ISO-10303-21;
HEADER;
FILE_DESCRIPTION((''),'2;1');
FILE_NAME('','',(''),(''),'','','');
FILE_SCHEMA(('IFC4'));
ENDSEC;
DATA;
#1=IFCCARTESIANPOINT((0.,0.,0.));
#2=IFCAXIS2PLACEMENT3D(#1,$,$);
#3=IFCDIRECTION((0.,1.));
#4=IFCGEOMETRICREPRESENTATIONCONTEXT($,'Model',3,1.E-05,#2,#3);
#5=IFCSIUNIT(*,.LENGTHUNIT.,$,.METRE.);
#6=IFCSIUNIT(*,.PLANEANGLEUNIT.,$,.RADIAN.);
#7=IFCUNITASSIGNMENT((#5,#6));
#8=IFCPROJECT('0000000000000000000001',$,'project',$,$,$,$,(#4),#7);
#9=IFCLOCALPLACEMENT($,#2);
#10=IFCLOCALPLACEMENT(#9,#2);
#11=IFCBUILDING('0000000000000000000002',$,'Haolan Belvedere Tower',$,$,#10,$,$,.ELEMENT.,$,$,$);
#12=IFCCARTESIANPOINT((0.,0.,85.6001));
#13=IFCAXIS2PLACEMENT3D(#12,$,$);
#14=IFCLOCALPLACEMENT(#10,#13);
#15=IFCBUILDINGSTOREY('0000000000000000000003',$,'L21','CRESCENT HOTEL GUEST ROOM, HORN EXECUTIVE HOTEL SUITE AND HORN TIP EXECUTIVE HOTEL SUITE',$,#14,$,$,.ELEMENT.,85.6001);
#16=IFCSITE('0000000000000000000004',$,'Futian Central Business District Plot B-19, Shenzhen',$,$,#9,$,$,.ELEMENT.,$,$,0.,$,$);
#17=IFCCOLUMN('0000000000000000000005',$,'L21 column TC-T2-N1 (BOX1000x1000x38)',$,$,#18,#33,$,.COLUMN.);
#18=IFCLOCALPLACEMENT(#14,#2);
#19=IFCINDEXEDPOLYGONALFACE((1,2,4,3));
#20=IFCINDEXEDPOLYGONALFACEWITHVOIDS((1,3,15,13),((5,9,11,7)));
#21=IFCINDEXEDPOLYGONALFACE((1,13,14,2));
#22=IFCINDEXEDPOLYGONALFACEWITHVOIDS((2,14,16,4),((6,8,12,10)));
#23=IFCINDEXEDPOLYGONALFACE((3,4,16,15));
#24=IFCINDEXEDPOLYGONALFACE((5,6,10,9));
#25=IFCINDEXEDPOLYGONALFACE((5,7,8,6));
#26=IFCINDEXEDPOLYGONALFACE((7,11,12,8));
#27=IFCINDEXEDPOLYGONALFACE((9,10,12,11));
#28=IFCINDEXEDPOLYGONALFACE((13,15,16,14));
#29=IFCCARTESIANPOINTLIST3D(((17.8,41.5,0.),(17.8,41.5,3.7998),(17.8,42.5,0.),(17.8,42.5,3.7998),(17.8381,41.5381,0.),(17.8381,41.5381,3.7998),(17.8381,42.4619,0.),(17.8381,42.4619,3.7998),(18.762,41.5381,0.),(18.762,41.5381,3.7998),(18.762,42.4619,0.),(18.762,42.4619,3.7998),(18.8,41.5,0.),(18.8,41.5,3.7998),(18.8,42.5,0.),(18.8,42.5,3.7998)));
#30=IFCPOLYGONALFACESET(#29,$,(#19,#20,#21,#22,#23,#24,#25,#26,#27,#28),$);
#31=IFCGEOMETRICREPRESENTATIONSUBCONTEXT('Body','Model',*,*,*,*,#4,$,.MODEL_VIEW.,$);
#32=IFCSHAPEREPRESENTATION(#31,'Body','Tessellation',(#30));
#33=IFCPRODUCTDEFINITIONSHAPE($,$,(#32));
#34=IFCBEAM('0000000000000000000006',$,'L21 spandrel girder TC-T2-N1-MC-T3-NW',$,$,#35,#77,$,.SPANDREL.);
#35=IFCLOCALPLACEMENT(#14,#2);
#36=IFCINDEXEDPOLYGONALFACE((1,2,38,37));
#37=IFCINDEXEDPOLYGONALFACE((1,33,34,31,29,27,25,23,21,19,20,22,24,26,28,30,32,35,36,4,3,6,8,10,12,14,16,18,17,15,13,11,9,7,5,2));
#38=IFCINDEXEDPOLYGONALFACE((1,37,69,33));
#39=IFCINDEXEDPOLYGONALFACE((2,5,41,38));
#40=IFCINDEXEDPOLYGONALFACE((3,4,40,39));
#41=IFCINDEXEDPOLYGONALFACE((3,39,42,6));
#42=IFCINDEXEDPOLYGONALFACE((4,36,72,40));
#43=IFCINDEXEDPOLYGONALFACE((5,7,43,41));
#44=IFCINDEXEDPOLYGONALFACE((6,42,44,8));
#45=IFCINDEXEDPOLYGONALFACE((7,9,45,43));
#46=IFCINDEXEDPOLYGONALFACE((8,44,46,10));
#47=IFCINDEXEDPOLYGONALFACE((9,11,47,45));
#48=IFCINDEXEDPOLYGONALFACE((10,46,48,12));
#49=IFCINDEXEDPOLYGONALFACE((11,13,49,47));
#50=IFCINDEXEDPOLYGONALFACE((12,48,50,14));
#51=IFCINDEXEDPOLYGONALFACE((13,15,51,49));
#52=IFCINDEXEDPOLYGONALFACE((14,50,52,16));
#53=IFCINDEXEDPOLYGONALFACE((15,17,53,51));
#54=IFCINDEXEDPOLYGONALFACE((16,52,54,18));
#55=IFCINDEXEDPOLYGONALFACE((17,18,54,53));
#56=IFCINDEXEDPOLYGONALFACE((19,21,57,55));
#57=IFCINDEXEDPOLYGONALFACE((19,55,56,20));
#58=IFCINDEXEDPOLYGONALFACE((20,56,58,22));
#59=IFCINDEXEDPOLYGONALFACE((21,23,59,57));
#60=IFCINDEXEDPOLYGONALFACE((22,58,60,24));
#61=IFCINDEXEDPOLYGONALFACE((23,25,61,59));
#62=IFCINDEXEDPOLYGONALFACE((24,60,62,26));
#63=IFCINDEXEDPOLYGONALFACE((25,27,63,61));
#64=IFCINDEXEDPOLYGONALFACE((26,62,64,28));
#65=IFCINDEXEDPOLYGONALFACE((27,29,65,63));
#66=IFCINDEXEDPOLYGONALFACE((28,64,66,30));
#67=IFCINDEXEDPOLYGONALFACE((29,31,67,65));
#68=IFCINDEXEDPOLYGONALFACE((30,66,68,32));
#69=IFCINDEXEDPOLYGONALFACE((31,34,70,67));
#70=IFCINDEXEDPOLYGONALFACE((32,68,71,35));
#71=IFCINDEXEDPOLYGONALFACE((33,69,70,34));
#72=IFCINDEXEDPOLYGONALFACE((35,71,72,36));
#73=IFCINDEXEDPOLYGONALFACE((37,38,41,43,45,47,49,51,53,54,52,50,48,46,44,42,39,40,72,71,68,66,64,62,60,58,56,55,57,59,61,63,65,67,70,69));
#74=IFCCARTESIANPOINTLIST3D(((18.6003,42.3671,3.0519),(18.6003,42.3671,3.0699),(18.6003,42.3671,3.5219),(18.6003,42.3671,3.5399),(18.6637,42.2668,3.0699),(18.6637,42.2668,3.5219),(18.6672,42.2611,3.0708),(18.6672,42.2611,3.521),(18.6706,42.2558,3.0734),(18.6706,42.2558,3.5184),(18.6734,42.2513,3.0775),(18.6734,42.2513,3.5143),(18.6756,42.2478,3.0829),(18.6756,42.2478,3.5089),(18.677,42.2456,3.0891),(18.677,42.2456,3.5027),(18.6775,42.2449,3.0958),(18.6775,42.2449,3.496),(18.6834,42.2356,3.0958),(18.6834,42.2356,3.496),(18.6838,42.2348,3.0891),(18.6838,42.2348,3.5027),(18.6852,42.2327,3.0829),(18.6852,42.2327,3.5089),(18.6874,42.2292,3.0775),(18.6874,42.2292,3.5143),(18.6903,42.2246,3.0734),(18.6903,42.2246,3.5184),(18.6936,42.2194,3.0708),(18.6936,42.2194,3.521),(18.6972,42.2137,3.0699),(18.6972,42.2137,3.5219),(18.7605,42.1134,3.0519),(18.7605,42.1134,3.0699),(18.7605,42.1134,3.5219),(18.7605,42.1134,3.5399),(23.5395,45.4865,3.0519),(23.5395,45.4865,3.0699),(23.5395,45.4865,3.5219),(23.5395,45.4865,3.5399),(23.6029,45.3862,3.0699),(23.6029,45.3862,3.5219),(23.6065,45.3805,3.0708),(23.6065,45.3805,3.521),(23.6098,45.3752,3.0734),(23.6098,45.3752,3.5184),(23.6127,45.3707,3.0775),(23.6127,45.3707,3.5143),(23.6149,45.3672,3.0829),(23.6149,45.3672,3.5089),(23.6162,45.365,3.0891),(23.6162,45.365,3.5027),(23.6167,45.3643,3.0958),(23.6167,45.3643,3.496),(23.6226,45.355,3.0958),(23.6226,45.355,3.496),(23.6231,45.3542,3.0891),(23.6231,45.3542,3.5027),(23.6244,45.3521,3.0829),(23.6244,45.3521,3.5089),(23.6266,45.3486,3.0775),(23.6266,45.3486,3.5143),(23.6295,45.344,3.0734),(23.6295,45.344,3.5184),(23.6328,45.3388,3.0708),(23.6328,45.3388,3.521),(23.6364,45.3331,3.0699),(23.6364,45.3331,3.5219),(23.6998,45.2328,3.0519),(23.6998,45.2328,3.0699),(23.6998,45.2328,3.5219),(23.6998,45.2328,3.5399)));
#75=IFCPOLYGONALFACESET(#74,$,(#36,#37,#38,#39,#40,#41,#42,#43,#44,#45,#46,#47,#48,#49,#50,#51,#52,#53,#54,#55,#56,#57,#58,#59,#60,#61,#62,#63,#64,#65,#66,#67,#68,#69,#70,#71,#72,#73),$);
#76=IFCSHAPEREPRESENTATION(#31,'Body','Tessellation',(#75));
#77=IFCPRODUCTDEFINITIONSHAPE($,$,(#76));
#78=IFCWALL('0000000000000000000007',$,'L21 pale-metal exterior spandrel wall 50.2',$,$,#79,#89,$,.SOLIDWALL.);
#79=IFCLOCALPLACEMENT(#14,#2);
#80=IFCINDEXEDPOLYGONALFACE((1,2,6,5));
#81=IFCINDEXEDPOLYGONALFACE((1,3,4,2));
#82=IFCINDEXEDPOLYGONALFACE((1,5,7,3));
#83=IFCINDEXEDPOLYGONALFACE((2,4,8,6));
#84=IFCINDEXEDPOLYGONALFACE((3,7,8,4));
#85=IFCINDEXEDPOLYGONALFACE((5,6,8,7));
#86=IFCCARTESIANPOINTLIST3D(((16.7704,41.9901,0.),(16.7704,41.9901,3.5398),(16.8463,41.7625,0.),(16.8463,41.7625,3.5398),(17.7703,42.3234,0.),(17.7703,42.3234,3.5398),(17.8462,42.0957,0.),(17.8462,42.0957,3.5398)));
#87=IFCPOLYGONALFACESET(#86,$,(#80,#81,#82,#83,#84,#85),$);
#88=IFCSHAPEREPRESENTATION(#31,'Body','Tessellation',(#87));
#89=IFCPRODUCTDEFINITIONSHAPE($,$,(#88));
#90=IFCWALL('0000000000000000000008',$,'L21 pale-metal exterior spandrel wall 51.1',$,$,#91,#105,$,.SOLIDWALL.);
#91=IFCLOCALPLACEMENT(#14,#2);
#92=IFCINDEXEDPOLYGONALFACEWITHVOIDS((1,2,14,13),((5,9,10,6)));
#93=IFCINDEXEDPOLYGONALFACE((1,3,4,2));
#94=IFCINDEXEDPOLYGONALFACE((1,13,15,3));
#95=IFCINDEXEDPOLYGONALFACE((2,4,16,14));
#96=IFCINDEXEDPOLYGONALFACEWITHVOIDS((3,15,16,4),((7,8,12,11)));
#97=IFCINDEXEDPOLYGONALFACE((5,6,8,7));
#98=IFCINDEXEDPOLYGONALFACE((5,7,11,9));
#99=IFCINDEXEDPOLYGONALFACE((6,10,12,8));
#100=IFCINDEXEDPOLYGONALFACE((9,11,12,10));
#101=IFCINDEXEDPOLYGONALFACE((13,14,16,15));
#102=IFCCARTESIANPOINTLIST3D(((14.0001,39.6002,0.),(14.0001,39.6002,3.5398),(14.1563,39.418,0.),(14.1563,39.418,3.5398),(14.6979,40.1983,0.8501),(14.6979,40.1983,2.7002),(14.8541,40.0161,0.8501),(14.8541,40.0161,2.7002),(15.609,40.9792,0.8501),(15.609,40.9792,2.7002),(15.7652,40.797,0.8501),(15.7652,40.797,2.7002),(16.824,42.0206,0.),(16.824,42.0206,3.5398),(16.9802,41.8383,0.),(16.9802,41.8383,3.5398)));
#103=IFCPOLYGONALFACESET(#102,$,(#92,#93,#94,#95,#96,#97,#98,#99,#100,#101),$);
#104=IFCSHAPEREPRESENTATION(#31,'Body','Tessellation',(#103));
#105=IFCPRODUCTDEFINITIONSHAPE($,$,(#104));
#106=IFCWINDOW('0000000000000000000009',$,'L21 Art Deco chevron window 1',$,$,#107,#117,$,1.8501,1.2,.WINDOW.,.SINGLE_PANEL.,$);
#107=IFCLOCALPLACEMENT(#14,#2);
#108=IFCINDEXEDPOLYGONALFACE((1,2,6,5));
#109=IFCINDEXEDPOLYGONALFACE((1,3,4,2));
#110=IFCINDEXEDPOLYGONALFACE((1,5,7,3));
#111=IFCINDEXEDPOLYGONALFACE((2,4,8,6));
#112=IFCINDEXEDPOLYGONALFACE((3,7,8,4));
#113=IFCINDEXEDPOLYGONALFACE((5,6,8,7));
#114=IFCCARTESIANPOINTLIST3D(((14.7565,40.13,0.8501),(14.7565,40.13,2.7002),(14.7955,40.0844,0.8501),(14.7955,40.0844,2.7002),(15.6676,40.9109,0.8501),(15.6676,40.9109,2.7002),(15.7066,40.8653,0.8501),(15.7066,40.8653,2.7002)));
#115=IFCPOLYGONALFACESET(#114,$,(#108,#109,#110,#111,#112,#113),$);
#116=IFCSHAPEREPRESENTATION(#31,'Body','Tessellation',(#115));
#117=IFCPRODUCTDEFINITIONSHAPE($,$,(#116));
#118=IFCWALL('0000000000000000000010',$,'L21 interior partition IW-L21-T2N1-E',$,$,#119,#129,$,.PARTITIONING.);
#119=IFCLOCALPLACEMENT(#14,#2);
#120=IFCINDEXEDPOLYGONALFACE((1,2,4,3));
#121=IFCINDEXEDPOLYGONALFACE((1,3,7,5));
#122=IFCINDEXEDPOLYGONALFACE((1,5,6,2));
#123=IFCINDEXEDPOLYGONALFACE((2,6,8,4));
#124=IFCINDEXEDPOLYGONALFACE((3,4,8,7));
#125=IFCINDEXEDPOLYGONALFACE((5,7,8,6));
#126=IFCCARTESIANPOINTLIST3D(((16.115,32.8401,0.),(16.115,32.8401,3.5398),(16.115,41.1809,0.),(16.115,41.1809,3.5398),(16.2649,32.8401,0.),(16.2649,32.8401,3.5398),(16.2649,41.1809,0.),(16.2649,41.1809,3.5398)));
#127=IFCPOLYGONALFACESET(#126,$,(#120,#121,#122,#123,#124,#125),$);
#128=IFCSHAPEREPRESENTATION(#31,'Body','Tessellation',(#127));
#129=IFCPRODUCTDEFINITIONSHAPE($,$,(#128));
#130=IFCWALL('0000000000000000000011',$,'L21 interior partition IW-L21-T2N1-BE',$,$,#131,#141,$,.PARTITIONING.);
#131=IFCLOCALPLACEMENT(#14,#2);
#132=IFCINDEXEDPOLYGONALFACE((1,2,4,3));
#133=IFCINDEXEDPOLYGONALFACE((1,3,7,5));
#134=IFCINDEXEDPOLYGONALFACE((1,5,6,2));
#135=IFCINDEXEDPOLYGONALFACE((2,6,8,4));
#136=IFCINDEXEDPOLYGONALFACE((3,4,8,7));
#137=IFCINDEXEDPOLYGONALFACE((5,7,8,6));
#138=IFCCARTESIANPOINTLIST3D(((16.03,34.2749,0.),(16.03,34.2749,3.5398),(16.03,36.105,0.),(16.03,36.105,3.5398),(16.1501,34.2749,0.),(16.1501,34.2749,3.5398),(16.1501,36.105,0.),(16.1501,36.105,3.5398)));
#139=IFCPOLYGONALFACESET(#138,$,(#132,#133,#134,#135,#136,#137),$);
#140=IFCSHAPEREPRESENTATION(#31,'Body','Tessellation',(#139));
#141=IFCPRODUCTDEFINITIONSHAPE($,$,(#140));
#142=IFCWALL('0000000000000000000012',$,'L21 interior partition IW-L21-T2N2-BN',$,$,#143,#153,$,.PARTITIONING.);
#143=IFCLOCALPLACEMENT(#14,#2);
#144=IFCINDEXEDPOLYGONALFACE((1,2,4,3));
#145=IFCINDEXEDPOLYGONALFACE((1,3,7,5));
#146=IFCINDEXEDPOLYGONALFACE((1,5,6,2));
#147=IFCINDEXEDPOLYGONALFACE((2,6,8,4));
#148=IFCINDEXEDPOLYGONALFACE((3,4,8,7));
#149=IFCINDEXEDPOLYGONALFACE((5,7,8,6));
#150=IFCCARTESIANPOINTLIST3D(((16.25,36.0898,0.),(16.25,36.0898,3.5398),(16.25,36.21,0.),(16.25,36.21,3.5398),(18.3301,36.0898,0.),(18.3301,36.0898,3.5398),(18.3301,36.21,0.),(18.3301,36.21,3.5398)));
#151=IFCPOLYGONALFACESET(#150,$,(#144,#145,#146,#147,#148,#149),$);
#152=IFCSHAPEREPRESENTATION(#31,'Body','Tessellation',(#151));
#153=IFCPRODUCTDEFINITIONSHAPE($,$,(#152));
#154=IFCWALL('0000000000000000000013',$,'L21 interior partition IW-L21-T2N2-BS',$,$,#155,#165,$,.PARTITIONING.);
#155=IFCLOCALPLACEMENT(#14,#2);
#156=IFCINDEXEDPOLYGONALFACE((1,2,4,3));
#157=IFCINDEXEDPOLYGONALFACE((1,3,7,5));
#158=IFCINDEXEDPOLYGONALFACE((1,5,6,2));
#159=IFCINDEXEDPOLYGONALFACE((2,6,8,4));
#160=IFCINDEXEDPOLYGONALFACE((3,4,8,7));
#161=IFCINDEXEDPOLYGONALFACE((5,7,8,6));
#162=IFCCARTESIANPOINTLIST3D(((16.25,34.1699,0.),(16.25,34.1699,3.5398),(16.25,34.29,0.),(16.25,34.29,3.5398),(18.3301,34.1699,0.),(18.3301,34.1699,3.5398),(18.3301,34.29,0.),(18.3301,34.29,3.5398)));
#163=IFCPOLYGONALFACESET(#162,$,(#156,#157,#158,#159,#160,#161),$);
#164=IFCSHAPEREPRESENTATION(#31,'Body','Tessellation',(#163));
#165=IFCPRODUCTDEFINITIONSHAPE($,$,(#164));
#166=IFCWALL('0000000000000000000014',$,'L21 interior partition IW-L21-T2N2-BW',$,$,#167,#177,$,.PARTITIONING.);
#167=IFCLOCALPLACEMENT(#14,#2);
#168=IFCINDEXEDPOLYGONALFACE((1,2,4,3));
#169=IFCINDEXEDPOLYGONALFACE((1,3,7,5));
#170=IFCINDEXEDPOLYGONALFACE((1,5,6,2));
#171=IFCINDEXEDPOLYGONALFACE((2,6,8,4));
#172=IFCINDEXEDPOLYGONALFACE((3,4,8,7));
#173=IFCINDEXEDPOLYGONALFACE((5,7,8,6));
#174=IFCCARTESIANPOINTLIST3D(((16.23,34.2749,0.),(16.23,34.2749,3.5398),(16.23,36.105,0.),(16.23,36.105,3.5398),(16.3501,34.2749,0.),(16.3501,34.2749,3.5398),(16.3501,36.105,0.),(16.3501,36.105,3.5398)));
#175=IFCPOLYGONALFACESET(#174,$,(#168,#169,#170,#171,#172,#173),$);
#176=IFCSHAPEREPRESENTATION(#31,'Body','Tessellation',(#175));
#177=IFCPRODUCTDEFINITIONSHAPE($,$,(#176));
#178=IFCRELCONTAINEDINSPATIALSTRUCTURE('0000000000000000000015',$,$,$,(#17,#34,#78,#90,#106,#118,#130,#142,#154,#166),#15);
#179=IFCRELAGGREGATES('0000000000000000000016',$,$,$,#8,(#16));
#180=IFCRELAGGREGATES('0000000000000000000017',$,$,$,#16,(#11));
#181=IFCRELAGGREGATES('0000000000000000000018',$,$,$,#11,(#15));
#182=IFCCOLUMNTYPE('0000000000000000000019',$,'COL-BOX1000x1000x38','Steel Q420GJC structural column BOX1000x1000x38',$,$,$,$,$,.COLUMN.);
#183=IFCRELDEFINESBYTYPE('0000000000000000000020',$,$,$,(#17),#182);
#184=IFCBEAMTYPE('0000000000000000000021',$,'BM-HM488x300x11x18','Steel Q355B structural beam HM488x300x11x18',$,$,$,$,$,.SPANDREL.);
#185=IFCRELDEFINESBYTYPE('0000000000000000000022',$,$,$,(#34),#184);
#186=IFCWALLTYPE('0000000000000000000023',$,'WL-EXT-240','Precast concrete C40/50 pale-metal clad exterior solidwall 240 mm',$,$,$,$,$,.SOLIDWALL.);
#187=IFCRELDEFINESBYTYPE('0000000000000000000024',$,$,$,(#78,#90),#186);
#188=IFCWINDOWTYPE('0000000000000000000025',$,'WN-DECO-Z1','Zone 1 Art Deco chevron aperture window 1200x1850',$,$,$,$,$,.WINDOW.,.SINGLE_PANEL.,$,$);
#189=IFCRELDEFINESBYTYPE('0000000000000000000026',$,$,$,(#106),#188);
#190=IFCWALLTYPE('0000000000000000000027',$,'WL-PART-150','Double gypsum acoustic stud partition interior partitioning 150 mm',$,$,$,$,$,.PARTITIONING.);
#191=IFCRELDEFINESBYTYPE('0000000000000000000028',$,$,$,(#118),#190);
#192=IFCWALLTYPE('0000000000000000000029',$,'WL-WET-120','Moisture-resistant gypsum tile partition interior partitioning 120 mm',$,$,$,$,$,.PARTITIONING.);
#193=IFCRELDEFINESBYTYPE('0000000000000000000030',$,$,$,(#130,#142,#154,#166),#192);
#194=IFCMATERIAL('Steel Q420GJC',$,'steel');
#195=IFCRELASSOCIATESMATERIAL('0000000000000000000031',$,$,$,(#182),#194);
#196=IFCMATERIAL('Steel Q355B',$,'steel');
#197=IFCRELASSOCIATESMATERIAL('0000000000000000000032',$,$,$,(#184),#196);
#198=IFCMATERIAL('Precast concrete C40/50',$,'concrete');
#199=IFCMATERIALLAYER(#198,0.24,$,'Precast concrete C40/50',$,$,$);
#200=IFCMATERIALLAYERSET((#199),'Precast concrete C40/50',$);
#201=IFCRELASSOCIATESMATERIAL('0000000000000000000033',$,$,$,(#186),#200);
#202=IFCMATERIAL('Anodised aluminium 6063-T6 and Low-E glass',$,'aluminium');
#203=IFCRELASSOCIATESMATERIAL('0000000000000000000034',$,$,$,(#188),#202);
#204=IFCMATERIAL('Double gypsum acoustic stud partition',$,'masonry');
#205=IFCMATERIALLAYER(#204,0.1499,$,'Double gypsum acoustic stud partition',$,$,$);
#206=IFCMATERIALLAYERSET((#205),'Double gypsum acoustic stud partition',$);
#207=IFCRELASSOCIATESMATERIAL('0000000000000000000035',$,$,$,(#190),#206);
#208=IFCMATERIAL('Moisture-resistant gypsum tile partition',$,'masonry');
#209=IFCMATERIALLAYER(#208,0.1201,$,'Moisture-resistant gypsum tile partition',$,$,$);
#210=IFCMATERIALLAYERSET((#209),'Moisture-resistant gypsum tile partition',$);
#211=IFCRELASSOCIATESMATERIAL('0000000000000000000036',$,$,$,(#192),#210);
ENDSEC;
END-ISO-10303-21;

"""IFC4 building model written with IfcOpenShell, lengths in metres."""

from ifc_helpers import new_model, si_unit, direction, frame, frame_2d, origin, origin_2d, place, context, subcontext, project, spatial, rectangle, hollow_rectangle, i_section, extrude, material, layer, layer_set, material_profile, profile_set, type_object, element, fill, save


model = new_model("IFC4")

# Units and contexts
model_context = context("Model", 3, precision=1e-05, world=origin(), true_north=direction((0.0, 1.0)))
body_context = subcontext(model_context, "Body", "Model", "MODEL_VIEW")
ifc_project = project(units=[si_unit("LENGTHUNIT", "METRE"), si_unit("PLANEANGLEUNIT", "RADIAN")], contexts=[model_context])

# Site, building, storey
site_placement = place(None, origin())
site = spatial("IfcSite", under=ifc_project, at=site_placement, Name="Futian Central Business District Plot B-19, Shenzhen", CompositionType="ELEMENT", RefElevation=0.0)
building_placement = place(site_placement, origin())
building = spatial("IfcBuilding", under=site, at=building_placement, Name="Haolan Belvedere Tower", CompositionType="ELEMENT")
storey_placement = place(building_placement, frame((0.0, 0.0, 85.6001)))
storey = spatial("IfcBuildingStorey", under=building, at=storey_placement, Name="L21", Description="CRESCENT HOTEL GUEST ROOM, HORN EXECUTIVE HOTEL SUITE AND HORN TIP EXECUTIVE HOTEL SUITE", CompositionType="ELEMENT", Elevation=85.6001)

# Column
ifc_material_1 = material(Name="Steel Q420GJC", Category="steel")
ifc_material_profile_1 = material_profile(ifc_material_1, hollow_rectangle(XDim=1.0, YDim=1.0, WallThickness=0.0381, at=origin_2d()), Name="Steel Q420GJC")
ifc_profile_set_1 = profile_set([ifc_material_profile_1], Name="Steel Q420GJC")
column_type = type_object("IfcColumnType", Name="COL-BOX1000x1000x38", Description="Steel Q420GJC structural column BOX1000x1000x38", PredefinedType="COLUMN", material=ifc_profile_set_1)
column_placement = place(storey_placement, frame((18.3, 42.0, 0.0), z_axis=(0.0, 0.0, 1.0), x_axis=(1.0, 0.0, 0.0)))
element("IfcColumn", 1, at=column_placement, inside=storey, type_object=column_type, Name="L21 column TC-T2-N1 (BOX1000x1000x38)", PredefinedType="COLUMN", context=body_context, shape_type="SweptSolid", body=[
    extrude(hollow_rectangle(XDim=1.0, YDim=1.0, WallThickness=0.0381, at=origin_2d()), origin(), (0.0, 0.0, 1.0), 3.7998),
])

# Beam
ifc_material_2 = material(Name="Steel Q355B", Category="steel")
ifc_material_profile_2 = material_profile(ifc_material_2, i_section(OverallWidth=0.3, OverallDepth=0.488, WebThickness=0.011, FlangeThickness=0.0181, FilletRadius=0.0259, at=origin_2d()), Name="Steel Q355B")
ifc_profile_set_2 = profile_set([ifc_material_profile_2], Name="Steel Q355B")
beam_type = type_object("IfcBeamType", Name="BM-HM488x300x11x18", Description="Steel Q355B structural beam HM488x300x11x18", PredefinedType="SPANDREL", material=ifc_profile_set_2)
beam_placement = place(storey_placement, frame((18.6804, 42.2402, 3.2959), z_axis=(0.845498, 0.533979, 0.0), x_axis=(-0.533979, 0.845498, 0.0)))
element("IfcBeam", 2, at=beam_placement, inside=storey, type_object=beam_type, Name="L21 spandrel girder TC-T2-N1-MC-T3-NW", PredefinedType="SPANDREL", context=body_context, shape_type="SweptSolid", body=[
    extrude(i_section(OverallWidth=0.3, OverallDepth=0.488, WebThickness=0.011, FlangeThickness=0.0181, FilletRadius=0.0259, at=origin_2d()), origin(), (0.0, 0.0, 1.0), 5.8418),
])

# Wall
ifc_material_3 = material(Name="Precast concrete C40/50", Category="concrete")
ifc_layer_1 = layer(ifc_material_3, 0.24, Name="Precast concrete C40/50")
ifc_layer_set_1 = layer_set([ifc_layer_1], Name="Precast concrete C40/50")
wall_type_1 = type_object("IfcWallType", Name="WL-EXT-240", Description="Precast concrete C40/50 pale-metal clad exterior solidwall 240 mm", PredefinedType="SOLIDWALL", material=ifc_layer_set_1)
wall_1_placement = place(storey_placement, frame((17.8081, 42.2095, 0.0), z_axis=(0.0, 0.0, 1.0), x_axis=(-0.948706, -0.316158, 0.0)))
element("IfcWall", 3, at=wall_1_placement, inside=storey, type_object=wall_type_1, Name="L21 pale-metal exterior spandrel wall 50.2", PredefinedType="SOLIDWALL", context=body_context, shape_type="SweptSolid", body=[
    extrude(rectangle(XDim=1.054, YDim=0.24, at=frame_2d((0.5269, 0.0))), origin(), (0.0, 0.0, 1.0), 3.5398),
])

# Wall, opening, window
wall_2_placement = place(storey_placement, frame((16.9021, 41.9294, 0.0), z_axis=(0.0, 0.0, 1.0), x_axis=(-0.759275, -0.65077, 0.0)))
wall_2 = element("IfcWall", 4, at=wall_2_placement, inside=storey, type_object=wall_type_1, Name="L21 pale-metal exterior spandrel wall 51.1", PredefinedType="SOLIDWALL", context=body_context, shape_type="SweptSolid", body=[
    extrude(rectangle(XDim=3.7192, YDim=0.24, at=frame_2d((1.8596, 0.0))), origin(), (0.0, 0.0, 1.0), 3.5398),
])
opening_1_placement = place(wall_2_placement, frame((1.6001, 0.0, 0.8501)))
opening_1 = element("IfcOpeningElement", 5, at=opening_1_placement, cuts=wall_2, PredefinedType="OPENING", context=body_context, shape_type="SweptSolid", body=[
    extrude(rectangle(XDim=1.2, YDim=1.8501, at=frame_2d((0.6001, 0.925))), frame((0.0, 0.1299, 0.0), z_axis=(0.0, -1.0, 0.0), x_axis=(1.0, 0.0, 0.0)), (0.0, 0.0, 1.0), 0.26),
])
ifc_material_4 = material(Name="Anodised aluminium 6063-T6 and Low-E glass", Category="aluminium")
window_type = type_object("IfcWindowType", Name="WN-DECO-Z1", Description="Zone 1 Art Deco chevron aperture window 1200x1850", PartitioningType="SINGLE_PANEL", PredefinedType="WINDOW", material=ifc_material_4)
window_placement = place(opening_1_placement, origin())
window = element("IfcWindow", 6, at=window_placement, inside=storey, type_object=window_type, Name="L21 Art Deco chevron window 1", OverallHeight=1.8501, OverallWidth=1.2, PartitioningType="SINGLE_PANEL", PredefinedType="WINDOW", context=body_context, shape_type="SweptSolid", body=[
    extrude(rectangle(XDim=1.2, YDim=1.8501, at=frame_2d((0.6001, 0.925))), frame((0.0, 0.03, 0.0), z_axis=(0.0, -1.0, 0.0), x_axis=(1.0, 0.0, 0.0)), (0.0, 0.0, 1.0), 0.0601),
])
fill(opening_1, window)

# Wall
ifc_material_5 = material(Name="Double gypsum acoustic stud partition", Category="masonry")
ifc_layer_2 = layer(ifc_material_5, 0.1499, Name="Double gypsum acoustic stud partition")
ifc_layer_set_2 = layer_set([ifc_layer_2], Name="Double gypsum acoustic stud partition")
wall_type_2 = type_object("IfcWallType", Name="WL-PART-150", Description="Double gypsum acoustic stud partition interior partitioning 150 mm", PredefinedType="PARTITIONING", material=ifc_layer_set_2)
wall_3_placement = place(storey_placement, frame((16.1899, 32.8401, 0.0), z_axis=(0.0, 0.0, 1.0), x_axis=(0.0, 1.0, 0.0)))
element("IfcWall", 7, at=wall_3_placement, inside=storey, type_object=wall_type_2, Name="L21 interior partition IW-L21-T2N1-E", PredefinedType="PARTITIONING", context=body_context, shape_type="SweptSolid", body=[
    extrude(rectangle(XDim=8.3408, YDim=0.1499, at=frame_2d((4.1704, 0.0))), origin(), (0.0, 0.0, 1.0), 3.5398),
])

# Walls
ifc_material_6 = material(Name="Moisture-resistant gypsum tile partition", Category="masonry")
ifc_layer_3 = layer(ifc_material_6, 0.1201, Name="Moisture-resistant gypsum tile partition")
ifc_layer_set_3 = layer_set([ifc_layer_3], Name="Moisture-resistant gypsum tile partition")
wall_type_3 = type_object("IfcWallType", Name="WL-WET-120", Description="Moisture-resistant gypsum tile partition interior partitioning 120 mm", PredefinedType="PARTITIONING", material=ifc_layer_set_3)
wall_4_placement = place(storey_placement, frame((16.0901, 34.2749, 0.0), z_axis=(0.0, 0.0, 1.0), x_axis=(0.0, 1.0, 0.0)))
element("IfcWall", 8, at=wall_4_placement, inside=storey, type_object=wall_type_3, Name="L21 interior partition IW-L21-T2N1-BE", PredefinedType="PARTITIONING", context=body_context, shape_type="SweptSolid", body=[
    extrude(rectangle(XDim=1.8301, YDim=0.1201, at=frame_2d((0.915, 0.0))), origin(), (0.0, 0.0, 1.0), 3.5398),
])
for number, where, z_axis, x_axis, name in (
    (9, (16.25, 36.1499, 0.0), (0.0, 0.0, 1.0), (1.0, 0.0, 0.0), "L21 interior partition IW-L21-T2N2-BN"),
    (10, (16.25, 34.23, 0.0), (0.0, 0.0, 1.0), (1.0, 0.0, 0.0), "L21 interior partition IW-L21-T2N2-BS"),
):
    element("IfcWall", number, at=place(storey_placement, frame(where, z_axis=z_axis, x_axis=x_axis)), inside=storey, type_object=wall_type_3, Name=name, PredefinedType="PARTITIONING", context=body_context, shape_type="SweptSolid", body=[
        extrude(rectangle(XDim=2.0801, YDim=0.1201, at=frame_2d((1.04, 0.0))), origin(), (0.0, 0.0, 1.0), 3.5398),
    ])
wall_5_placement = place(storey_placement, frame((16.29, 34.2749, 0.0), z_axis=(0.0, 0.0, 1.0), x_axis=(0.0, 1.0, 0.0)))
element("IfcWall", 11, at=wall_5_placement, inside=storey, type_object=wall_type_3, Name="L21 interior partition IW-L21-T2N2-BW", PredefinedType="PARTITIONING", context=body_context, shape_type="SweptSolid", body=[
    extrude(rectangle(XDim=1.8301, YDim=0.1201, at=frame_2d((0.915, 0.0))), origin(), (0.0, 0.0, 1.0), 3.5398),
])

save(model, "model.ifc")
